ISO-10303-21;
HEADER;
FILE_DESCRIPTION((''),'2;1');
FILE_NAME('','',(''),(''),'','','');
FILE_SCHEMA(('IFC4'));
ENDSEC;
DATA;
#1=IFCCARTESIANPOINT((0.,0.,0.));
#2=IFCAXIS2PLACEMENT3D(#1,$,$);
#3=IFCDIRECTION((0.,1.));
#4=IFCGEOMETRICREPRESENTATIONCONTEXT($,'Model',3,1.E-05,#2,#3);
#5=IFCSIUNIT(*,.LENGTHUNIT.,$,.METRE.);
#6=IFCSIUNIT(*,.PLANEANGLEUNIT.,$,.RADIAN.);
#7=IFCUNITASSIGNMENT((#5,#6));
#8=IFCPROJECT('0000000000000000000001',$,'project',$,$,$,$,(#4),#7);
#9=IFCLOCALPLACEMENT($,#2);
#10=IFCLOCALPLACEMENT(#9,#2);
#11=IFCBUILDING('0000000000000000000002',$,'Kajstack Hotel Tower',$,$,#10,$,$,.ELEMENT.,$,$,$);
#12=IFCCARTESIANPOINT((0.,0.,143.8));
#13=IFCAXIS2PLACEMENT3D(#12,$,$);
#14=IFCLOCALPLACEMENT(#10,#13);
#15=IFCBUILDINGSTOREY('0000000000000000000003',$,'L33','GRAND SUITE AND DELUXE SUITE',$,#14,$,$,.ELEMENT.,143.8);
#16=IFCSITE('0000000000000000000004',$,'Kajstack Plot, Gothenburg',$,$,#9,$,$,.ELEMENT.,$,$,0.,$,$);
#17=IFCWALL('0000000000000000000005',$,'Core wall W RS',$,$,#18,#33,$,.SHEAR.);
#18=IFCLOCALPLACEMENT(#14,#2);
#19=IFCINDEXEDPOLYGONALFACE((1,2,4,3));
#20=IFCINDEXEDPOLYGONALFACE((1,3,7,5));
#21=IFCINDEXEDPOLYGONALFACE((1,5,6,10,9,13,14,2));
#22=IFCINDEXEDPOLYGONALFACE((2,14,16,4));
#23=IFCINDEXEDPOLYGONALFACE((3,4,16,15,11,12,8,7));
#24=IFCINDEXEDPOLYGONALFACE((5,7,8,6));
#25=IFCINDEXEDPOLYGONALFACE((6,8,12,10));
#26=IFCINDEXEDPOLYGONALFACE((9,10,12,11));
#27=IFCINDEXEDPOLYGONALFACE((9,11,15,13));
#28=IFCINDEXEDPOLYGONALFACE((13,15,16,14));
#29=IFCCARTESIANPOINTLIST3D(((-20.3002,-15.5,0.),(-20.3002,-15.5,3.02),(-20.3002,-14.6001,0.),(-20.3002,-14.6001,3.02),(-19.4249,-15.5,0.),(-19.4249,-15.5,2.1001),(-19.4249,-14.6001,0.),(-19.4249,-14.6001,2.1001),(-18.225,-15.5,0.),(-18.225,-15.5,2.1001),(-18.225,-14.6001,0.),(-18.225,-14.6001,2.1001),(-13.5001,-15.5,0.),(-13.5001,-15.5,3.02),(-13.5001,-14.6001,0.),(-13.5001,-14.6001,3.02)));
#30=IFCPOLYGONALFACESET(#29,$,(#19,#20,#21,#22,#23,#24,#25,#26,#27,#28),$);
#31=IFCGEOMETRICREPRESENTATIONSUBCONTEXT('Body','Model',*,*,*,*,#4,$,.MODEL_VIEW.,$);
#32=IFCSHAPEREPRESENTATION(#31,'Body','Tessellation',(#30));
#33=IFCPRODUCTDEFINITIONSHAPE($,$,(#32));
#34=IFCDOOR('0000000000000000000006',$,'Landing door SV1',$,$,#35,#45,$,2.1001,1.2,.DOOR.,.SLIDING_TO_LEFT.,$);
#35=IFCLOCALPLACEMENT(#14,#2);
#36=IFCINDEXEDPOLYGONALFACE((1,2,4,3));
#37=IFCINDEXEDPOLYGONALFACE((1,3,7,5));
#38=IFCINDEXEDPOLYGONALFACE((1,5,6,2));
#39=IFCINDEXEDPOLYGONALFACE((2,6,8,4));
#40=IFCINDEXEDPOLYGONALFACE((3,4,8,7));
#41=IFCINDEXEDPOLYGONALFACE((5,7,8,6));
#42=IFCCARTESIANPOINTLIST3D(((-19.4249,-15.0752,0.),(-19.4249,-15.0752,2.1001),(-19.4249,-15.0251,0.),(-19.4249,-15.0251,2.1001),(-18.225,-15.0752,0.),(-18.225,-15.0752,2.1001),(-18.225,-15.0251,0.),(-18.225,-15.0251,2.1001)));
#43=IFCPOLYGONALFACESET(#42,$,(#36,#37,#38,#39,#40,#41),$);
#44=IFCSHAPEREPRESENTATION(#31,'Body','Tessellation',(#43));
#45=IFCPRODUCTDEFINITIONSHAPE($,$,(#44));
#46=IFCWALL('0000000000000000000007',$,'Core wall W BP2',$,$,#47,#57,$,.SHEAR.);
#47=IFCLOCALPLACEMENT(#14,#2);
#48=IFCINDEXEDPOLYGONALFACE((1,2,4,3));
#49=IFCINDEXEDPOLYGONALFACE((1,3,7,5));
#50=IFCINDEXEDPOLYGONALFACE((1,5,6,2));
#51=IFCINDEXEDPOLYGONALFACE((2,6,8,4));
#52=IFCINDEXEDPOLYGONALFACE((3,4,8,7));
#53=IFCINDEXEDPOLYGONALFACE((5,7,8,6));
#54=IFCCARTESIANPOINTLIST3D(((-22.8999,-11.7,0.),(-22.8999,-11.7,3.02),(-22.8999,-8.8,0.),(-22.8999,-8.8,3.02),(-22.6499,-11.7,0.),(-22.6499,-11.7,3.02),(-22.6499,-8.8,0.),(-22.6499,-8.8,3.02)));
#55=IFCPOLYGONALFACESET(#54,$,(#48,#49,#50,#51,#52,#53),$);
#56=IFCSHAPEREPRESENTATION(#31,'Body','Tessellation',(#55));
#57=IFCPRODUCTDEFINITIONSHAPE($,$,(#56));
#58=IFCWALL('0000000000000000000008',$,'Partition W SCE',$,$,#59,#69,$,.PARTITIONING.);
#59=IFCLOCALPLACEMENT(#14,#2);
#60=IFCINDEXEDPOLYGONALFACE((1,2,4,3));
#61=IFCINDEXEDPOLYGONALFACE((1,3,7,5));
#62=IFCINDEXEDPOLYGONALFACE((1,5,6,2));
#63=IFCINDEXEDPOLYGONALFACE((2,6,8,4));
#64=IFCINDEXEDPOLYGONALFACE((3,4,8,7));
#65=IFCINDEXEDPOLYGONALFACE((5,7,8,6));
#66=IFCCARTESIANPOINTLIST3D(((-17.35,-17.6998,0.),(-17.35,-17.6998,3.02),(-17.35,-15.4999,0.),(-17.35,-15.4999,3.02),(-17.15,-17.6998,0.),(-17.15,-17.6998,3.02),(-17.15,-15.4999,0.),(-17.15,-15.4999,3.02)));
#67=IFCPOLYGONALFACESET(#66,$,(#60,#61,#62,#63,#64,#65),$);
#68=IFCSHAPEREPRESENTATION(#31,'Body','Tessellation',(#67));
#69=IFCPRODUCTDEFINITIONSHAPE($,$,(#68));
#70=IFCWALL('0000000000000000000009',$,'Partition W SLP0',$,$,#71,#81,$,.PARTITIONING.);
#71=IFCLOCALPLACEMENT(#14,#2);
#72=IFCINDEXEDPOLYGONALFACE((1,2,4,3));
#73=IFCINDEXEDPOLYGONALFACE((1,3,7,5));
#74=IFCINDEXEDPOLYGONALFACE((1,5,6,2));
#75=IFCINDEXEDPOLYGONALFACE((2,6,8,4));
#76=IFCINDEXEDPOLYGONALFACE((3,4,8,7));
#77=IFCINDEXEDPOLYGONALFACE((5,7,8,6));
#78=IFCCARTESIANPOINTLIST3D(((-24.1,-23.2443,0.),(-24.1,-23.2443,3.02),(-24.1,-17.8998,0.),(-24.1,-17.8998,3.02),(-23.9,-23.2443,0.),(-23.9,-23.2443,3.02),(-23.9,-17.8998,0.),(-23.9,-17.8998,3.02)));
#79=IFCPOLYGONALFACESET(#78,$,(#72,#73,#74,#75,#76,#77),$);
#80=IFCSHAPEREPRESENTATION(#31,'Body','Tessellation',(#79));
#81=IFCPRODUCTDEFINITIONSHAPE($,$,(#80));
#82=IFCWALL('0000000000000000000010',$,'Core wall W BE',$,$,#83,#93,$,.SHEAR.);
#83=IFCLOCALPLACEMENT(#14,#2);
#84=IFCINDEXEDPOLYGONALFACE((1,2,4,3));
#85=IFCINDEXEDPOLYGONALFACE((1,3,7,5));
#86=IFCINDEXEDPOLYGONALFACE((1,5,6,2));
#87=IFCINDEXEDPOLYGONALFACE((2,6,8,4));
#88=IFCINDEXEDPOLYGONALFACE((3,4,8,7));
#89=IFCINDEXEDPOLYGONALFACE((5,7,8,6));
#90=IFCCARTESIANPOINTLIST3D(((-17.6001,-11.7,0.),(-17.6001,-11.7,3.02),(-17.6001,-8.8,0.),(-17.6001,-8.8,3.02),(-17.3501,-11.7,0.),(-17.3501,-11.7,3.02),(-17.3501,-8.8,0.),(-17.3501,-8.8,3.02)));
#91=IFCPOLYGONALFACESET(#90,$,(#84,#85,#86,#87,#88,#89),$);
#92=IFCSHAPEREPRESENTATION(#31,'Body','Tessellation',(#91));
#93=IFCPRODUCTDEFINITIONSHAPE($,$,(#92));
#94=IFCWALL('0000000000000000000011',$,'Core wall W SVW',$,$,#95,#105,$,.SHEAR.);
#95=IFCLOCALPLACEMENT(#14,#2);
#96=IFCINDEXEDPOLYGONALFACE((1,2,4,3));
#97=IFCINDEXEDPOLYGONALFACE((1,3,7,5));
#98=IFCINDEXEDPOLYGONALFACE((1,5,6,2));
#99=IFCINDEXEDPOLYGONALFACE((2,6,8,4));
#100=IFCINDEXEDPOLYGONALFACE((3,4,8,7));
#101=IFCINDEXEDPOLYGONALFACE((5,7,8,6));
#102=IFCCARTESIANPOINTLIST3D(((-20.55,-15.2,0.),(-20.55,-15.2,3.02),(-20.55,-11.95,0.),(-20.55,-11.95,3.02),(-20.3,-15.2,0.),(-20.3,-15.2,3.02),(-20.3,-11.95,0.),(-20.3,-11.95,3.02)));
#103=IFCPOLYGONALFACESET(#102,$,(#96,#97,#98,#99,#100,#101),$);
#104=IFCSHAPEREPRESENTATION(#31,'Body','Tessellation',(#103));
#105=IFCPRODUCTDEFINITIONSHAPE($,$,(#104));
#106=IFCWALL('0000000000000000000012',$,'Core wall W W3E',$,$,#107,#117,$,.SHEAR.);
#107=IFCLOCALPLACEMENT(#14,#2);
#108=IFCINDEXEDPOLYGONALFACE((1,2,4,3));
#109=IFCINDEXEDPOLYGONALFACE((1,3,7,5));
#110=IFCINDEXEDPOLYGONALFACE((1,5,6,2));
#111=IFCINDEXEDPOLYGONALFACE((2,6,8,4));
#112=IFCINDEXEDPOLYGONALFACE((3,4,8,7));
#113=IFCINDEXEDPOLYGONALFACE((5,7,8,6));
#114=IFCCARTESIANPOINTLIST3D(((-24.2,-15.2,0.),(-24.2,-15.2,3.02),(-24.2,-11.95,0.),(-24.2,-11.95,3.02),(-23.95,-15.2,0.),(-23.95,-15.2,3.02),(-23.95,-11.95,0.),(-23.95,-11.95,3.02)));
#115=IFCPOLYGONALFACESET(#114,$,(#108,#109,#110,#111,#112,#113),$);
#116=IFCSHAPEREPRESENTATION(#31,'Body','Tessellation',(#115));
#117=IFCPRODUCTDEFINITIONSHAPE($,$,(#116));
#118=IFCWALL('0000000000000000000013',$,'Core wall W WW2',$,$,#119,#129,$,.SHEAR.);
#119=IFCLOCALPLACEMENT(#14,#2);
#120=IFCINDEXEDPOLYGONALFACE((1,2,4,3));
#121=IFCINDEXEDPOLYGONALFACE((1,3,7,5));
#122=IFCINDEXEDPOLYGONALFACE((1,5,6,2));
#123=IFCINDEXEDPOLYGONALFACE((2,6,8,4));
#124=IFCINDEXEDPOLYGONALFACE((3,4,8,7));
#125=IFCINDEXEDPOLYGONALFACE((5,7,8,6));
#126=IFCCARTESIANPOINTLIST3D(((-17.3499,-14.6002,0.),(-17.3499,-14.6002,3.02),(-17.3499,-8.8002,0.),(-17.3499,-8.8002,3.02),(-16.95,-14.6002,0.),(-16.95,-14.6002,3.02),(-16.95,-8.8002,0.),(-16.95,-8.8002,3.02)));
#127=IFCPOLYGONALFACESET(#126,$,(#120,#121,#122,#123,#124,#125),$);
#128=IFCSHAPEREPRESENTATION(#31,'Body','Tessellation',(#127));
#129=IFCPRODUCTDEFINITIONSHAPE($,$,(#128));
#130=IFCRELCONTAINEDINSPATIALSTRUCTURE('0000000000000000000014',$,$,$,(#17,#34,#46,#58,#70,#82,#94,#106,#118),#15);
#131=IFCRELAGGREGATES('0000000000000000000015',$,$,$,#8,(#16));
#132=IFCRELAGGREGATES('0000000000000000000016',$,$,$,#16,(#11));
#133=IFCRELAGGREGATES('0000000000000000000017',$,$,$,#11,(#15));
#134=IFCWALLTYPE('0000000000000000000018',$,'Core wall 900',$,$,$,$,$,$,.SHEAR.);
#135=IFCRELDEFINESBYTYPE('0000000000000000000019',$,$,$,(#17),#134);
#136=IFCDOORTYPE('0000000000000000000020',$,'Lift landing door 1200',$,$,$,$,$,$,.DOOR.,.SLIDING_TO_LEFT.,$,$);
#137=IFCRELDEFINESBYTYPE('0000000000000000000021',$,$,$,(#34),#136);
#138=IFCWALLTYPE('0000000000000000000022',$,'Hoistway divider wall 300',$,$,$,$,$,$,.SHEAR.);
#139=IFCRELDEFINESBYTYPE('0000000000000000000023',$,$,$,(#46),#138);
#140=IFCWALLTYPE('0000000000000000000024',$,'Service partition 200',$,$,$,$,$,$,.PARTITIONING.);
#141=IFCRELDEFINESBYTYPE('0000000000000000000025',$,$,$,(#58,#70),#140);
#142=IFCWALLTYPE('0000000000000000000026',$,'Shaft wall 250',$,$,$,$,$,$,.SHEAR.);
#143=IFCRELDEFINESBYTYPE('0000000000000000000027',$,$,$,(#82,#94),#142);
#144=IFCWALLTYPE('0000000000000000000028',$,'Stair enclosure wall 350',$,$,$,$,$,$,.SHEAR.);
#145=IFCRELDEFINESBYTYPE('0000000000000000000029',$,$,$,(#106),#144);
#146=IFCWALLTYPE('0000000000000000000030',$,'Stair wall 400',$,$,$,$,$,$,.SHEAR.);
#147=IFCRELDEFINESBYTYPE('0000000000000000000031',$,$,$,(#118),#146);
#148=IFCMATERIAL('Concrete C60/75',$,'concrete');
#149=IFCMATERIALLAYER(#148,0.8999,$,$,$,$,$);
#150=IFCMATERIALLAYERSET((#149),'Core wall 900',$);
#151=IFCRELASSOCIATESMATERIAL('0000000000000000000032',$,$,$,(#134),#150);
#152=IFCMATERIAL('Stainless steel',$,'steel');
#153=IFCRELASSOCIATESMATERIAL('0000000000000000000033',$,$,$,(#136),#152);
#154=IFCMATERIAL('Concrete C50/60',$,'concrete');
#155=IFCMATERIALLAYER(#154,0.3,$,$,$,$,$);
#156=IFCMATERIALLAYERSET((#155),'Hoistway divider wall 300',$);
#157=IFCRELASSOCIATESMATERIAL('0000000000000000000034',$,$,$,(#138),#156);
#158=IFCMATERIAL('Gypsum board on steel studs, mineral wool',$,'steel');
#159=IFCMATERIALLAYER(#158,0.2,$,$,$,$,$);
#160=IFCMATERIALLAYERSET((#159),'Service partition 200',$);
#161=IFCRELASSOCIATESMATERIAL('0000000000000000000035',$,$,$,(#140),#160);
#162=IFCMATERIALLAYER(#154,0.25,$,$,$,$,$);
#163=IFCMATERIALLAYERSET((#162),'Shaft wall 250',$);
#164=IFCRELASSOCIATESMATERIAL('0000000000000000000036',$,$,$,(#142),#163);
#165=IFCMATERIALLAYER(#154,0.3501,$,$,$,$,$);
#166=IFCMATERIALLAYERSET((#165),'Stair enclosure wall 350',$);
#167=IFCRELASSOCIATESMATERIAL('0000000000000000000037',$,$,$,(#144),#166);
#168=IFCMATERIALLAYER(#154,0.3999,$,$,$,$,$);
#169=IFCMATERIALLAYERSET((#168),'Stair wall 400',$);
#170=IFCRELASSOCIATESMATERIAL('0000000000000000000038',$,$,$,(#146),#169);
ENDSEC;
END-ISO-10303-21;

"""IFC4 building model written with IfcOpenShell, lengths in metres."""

from ifc_helpers import new_model, si_unit, direction, frame, frame_2d, origin, place, context, subcontext, project, spatial, rectangle, extrude, material, layer, layer_set, type_object, element, fill, save


model = new_model("IFC4")

# Units and contexts
model_context = context("Model", 3, precision=1e-05, world=origin(), true_north=direction((0.0, 1.0)))
body_context = subcontext(model_context, "Body", "Model", "MODEL_VIEW")
ifc_project = project(units=[si_unit("LENGTHUNIT", "METRE"), si_unit("PLANEANGLEUNIT", "RADIAN")], contexts=[model_context])

# Site, building, storey
site_placement = place(None, origin())
site = spatial("IfcSite", under=ifc_project, at=site_placement, Name="Kajstack Plot, Gothenburg", CompositionType="ELEMENT", RefElevation=0.0)
building_placement = place(site_placement, origin())
building = spatial("IfcBuilding", under=site, at=building_placement, Name="Kajstack Hotel Tower", CompositionType="ELEMENT")
storey_placement = place(building_placement, frame((0.0, 0.0, 143.8)))
storey = spatial("IfcBuildingStorey", under=building, at=storey_placement, Name="L33", Description="GRAND SUITE AND DELUXE SUITE", CompositionType="ELEMENT", Elevation=143.8)

# Wall, opening, door
ifc_material_1 = material(Name="Concrete C60/75", Category="concrete")
ifc_layer_1 = layer(ifc_material_1, 0.8999)
ifc_layer_set_1 = layer_set([ifc_layer_1], Name="Core wall 900")
wall_type_1 = type_object("IfcWallType", Name="Core wall 900", PredefinedType="SHEAR", material=ifc_layer_set_1)
wall_1_placement = place(storey_placement, frame((-20.3, -15.05, 0.0), z_axis=(0.0, 0.0, 1.0), x_axis=(1.0, 0.0, 0.0)))
wall_1 = element("IfcWall", 1, at=wall_1_placement, inside=storey, type_object=wall_type_1, Name="Core wall W RS", PredefinedType="SHEAR", context=body_context, shape_type="SweptSolid", body=[
    extrude(rectangle(XDim=6.8, YDim=0.8999, at=frame_2d((3.3999, 0.0))), origin(), (0.0, 0.0, 1.0), 3.02),
])
opening_placement = place(wall_1_placement, frame((0.875, 0.0, 0.0)))
opening = element("IfcOpeningElement", 2, at=opening_placement, cuts=wall_1, PredefinedType="OPENING", context=body_context, shape_type="SweptSolid", body=[
    extrude(rectangle(XDim=1.2, YDim=2.1001, at=frame_2d((0.6001, 1.05))), frame((0.0, 0.46, 0.0), z_axis=(0.0, -1.0, 0.0), x_axis=(1.0, 0.0, 0.0)), (0.0, 0.0, 1.0), 0.9199),
])
ifc_material_2 = material(Name="Stainless steel", Category="steel")
door_type = type_object("IfcDoorType", Name="Lift landing door 1200", OperationType="SLIDING_TO_LEFT", PredefinedType="DOOR", material=ifc_material_2)
door_placement = place(opening_placement, origin())
door = element("IfcDoor", 3, at=door_placement, inside=storey, type_object=door_type, Name="Landing door SV1", OperationType="SLIDING_TO_LEFT", OverallHeight=2.1001, OverallWidth=1.2, PredefinedType="DOOR", context=body_context, shape_type="SweptSolid", body=[
    extrude(rectangle(XDim=1.2, YDim=2.1001, at=frame_2d((0.6001, 1.05))), frame((0.0, 0.0249, 0.0), z_axis=(0.0, -1.0, 0.0), x_axis=(1.0, 0.0, 0.0)), (0.0, 0.0, 1.0), 0.05),
])
fill(opening, door)

# Walls
ifc_material_3 = material(Name="Concrete C50/60", Category="concrete")
ifc_layer_2 = layer(ifc_material_3, 0.3)
ifc_layer_set_2 = layer_set([ifc_layer_2], Name="Hoistway divider wall 300")
wall_type_2 = type_object("IfcWallType", Name="Hoistway divider wall 300", PredefinedType="SHEAR", material=ifc_layer_set_2)
wall_2_placement = place(storey_placement, frame((-22.7749, -11.7, 0.0), z_axis=(0.0, 0.0, 1.0), x_axis=(0.0, 1.0, 0.0)))
element("IfcWall", 4, at=wall_2_placement, inside=storey, type_object=wall_type_2, Name="Core wall W BP2", PredefinedType="SHEAR", context=body_context, shape_type="SweptSolid", body=[
    extrude(rectangle(XDim=2.8999, YDim=0.25, at=frame_2d((1.45, 0.0))), origin(), (0.0, 0.0, 1.0), 3.02),
])
ifc_material_4 = material(Name="Gypsum board on steel studs, mineral wool", Category="steel")
ifc_layer_3 = layer(ifc_material_4, 0.2)
ifc_layer_set_3 = layer_set([ifc_layer_3], Name="Service partition 200")
wall_type_3 = type_object("IfcWallType", Name="Service partition 200", PredefinedType="PARTITIONING", material=ifc_layer_set_3)
wall_3_placement = place(storey_placement, frame((-17.25, -17.7, 0.0), z_axis=(0.0, 0.0, 1.0), x_axis=(0.0, 1.0, 0.0)))
element("IfcWall", 5, at=wall_3_placement, inside=storey, type_object=wall_type_3, Name="Partition W SCE", PredefinedType="PARTITIONING", context=body_context, shape_type="SweptSolid", body=[
    extrude(rectangle(XDim=2.2, YDim=0.2, at=frame_2d((1.1001, 0.0))), origin(), (0.0, 0.0, 1.0), 3.02),
])
wall_4_placement = place(storey_placement, frame((-24.0, -23.2444, 0.0), z_axis=(0.0, 0.0, 1.0), x_axis=(0.0, 1.0, 0.0)))
element("IfcWall", 6, at=wall_4_placement, inside=storey, type_object=wall_type_3, Name="Partition W SLP0", PredefinedType="PARTITIONING", context=body_context, shape_type="SweptSolid", body=[
    extrude(rectangle(XDim=5.3445, YDim=0.2, at=frame_2d((2.6724, 0.0))), origin(), (0.0, 0.0, 1.0), 3.02),
])
ifc_layer_4 = layer(ifc_material_3, 0.25)
ifc_layer_set_4 = layer_set([ifc_layer_4], Name="Shaft wall 250")
wall_type_4 = type_object("IfcWallType", Name="Shaft wall 250", PredefinedType="SHEAR", material=ifc_layer_set_4)
wall_5_placement = place(storey_placement, frame((-17.4751, -11.7, 0.0), z_axis=(0.0, 0.0, 1.0), x_axis=(0.0, 1.0, 0.0)))
element("IfcWall", 7, at=wall_5_placement, inside=storey, type_object=wall_type_4, Name="Core wall W BE", PredefinedType="SHEAR", context=body_context, shape_type="SweptSolid", body=[
    extrude(rectangle(XDim=2.8999, YDim=0.25, at=frame_2d((1.45, 0.0))), origin(), (0.0, 0.0, 1.0), 3.02),
])
wall_6_placement = place(storey_placement, frame((-20.425, -15.2, 0.0), z_axis=(0.0, 0.0, 1.0), x_axis=(0.0, 1.0, 0.0)))
element("IfcWall", 8, at=wall_6_placement, inside=storey, type_object=wall_type_4, Name="Core wall W SVW", PredefinedType="SHEAR", context=body_context, shape_type="SweptSolid", body=[
    extrude(rectangle(XDim=3.25, YDim=0.25, at=frame_2d((1.625, 0.0))), origin(), (0.0, 0.0, 1.0), 3.02),
])
ifc_layer_5 = layer(ifc_material_3, 0.3501)
ifc_layer_set_5 = layer_set([ifc_layer_5], Name="Stair enclosure wall 350")
wall_type_5 = type_object("IfcWallType", Name="Stair enclosure wall 350", PredefinedType="SHEAR", material=ifc_layer_set_5)
wall_7_placement = place(storey_placement, frame((-24.075, -15.2, 0.0), z_axis=(0.0, 0.0, 1.0), x_axis=(0.0, 1.0, 0.0)))
element("IfcWall", 9, at=wall_7_placement, inside=storey, type_object=wall_type_5, Name="Core wall W W3E", PredefinedType="SHEAR", context=body_context, shape_type="SweptSolid", body=[
    extrude(rectangle(XDim=3.25, YDim=0.25, at=frame_2d((1.625, 0.0))), origin(), (0.0, 0.0, 1.0), 3.02),
])
ifc_layer_6 = layer(ifc_material_3, 0.3999)
ifc_layer_set_6 = layer_set([ifc_layer_6], Name="Stair wall 400")
wall_type_6 = type_object("IfcWallType", Name="Stair wall 400", PredefinedType="SHEAR", material=ifc_layer_set_6)
wall_8_placement = place(storey_placement, frame((-17.1499, -14.6001, 0.0), z_axis=(0.0, 0.0, 1.0), x_axis=(0.0, 1.0, 0.0)))
element("IfcWall", 10, at=wall_8_placement, inside=storey, type_object=wall_type_6, Name="Core wall W WW2", PredefinedType="SHEAR", context=body_context, shape_type="SweptSolid", body=[
    extrude(rectangle(XDim=5.8, YDim=0.3999, at=frame_2d((2.8999, 0.0))), origin(), (0.0, 0.0, 1.0), 3.02),
])

save(model, "model.ifc")
